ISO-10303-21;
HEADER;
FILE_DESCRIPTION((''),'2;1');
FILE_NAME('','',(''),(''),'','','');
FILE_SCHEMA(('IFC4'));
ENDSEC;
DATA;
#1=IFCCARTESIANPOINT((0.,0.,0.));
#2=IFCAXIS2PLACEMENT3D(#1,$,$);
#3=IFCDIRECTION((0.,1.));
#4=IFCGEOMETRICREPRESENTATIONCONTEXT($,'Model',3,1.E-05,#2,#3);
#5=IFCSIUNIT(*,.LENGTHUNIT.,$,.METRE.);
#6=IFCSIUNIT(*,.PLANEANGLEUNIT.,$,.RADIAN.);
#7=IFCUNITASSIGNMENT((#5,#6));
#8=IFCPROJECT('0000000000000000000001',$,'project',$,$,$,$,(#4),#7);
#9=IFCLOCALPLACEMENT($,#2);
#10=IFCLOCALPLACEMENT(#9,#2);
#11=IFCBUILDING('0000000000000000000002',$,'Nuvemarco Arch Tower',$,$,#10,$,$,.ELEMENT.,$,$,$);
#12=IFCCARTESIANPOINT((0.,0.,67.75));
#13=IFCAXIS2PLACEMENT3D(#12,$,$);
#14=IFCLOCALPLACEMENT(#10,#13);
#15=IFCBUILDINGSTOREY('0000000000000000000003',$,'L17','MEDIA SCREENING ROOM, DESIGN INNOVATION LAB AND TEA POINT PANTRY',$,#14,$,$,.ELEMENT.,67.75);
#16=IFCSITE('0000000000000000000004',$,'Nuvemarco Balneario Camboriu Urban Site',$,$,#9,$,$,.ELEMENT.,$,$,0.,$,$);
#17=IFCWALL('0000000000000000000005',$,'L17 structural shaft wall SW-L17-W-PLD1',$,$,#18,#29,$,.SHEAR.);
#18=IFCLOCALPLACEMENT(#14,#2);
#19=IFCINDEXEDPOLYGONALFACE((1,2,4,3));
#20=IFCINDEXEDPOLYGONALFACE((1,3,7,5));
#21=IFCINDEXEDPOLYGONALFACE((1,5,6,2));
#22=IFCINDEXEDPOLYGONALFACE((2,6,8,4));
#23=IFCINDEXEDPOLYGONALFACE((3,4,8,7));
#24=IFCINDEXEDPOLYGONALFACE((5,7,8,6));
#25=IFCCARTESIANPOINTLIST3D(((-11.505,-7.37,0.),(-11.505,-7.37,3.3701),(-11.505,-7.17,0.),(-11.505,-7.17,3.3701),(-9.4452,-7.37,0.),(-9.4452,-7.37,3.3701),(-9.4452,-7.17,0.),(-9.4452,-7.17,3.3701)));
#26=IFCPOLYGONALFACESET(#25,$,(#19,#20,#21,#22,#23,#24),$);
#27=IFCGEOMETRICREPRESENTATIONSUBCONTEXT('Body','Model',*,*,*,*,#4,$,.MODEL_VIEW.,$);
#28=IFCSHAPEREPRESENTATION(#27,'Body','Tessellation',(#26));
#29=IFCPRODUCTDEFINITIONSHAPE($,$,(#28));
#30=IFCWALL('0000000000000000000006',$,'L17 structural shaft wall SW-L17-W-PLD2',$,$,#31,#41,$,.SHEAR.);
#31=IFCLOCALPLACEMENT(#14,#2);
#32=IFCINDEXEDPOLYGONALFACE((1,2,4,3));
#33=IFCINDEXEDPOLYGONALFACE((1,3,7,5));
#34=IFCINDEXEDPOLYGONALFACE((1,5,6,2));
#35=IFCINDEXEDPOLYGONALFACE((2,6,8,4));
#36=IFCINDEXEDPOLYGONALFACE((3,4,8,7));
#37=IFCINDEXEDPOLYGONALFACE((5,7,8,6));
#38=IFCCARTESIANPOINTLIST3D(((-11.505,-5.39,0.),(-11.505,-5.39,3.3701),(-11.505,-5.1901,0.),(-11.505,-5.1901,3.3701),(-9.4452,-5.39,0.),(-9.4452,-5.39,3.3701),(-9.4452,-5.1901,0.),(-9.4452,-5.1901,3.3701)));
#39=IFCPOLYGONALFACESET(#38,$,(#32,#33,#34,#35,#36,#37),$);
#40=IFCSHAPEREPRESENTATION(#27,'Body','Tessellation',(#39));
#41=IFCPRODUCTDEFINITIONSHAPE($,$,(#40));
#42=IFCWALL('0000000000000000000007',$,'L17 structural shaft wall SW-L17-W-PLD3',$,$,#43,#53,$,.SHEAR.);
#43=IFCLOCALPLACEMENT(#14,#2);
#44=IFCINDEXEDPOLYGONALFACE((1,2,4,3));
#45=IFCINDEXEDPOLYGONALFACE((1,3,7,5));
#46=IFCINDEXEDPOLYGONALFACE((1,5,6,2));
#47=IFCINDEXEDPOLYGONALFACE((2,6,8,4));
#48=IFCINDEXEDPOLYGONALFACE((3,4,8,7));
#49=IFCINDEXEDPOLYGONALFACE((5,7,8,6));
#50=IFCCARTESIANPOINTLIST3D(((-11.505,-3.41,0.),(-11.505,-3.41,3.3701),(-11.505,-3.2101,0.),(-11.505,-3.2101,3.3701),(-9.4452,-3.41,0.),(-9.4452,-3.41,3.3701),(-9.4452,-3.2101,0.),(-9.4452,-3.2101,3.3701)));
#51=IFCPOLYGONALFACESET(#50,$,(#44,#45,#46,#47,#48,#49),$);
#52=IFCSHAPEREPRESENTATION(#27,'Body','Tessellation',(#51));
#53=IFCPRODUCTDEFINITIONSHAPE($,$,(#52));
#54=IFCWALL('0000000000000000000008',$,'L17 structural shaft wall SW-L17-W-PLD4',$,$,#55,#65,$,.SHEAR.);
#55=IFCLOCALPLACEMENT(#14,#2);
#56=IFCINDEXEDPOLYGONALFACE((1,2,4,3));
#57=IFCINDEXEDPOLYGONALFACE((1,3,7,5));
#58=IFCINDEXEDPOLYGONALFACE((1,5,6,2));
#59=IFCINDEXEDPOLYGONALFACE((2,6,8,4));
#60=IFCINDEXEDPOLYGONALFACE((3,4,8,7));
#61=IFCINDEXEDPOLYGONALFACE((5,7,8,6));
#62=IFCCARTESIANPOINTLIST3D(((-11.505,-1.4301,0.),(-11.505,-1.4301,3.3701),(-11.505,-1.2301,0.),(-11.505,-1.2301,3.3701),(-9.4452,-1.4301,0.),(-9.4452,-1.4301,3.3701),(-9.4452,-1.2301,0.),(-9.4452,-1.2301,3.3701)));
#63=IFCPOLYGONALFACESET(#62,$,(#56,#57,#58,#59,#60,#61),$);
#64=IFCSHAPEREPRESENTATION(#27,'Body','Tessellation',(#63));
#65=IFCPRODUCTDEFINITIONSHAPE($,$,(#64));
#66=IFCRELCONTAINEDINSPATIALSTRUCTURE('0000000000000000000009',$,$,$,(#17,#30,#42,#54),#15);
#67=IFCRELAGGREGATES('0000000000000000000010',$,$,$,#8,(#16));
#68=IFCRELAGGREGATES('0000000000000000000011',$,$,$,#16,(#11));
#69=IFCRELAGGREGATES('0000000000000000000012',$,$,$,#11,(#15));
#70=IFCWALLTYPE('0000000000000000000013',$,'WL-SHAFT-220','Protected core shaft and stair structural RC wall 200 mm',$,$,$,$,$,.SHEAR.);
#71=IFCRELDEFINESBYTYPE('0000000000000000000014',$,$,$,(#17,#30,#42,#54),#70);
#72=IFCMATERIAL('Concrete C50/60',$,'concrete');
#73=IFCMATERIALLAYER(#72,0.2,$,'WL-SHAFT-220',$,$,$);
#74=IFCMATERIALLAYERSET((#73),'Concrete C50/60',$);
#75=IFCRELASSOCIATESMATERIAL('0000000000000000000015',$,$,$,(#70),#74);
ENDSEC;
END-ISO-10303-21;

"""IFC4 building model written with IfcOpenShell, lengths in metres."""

from ifc_helpers import new_model, si_unit, direction, frame, frame_2d, origin, place, context, subcontext, project, spatial, rectangle, extrude, material, layer, layer_set, type_object, element, save


model = new_model("IFC4")

# Units and contexts
model_context = context("Model", 3, precision=1e-05, world=origin(), true_north=direction((0.0, 1.0)))
body_context = subcontext(model_context, "Body", "Model", "MODEL_VIEW")
ifc_project = project(units=[si_unit("LENGTHUNIT", "METRE"), si_unit("PLANEANGLEUNIT", "RADIAN")], contexts=[model_context])

# Site, building, storey
site_placement = place(None, origin())
site = spatial("IfcSite", under=ifc_project, at=site_placement, Name="Nuvemarco Balneario Camboriu Urban Site", CompositionType="ELEMENT", RefElevation=0.0)
building_placement = place(site_placement, origin())
building = spatial("IfcBuilding", under=site, at=building_placement, Name="Nuvemarco Arch Tower", CompositionType="ELEMENT")
storey_placement = place(building_placement, frame((0.0, 0.0, 67.75)))
storey = spatial("IfcBuildingStorey", under=building, at=storey_placement, Name="L17", Description="MEDIA SCREENING ROOM, DESIGN INNOVATION LAB AND TEA POINT PANTRY", CompositionType="ELEMENT", Elevation=67.75)

# Shared definitions
ifc_material_1 = material(Name="Concrete C50/60", Category="concrete")
ifc_layer_1 = layer(ifc_material_1, 0.2, Name="WL-SHAFT-220")
ifc_layer_set_1 = layer_set([ifc_layer_1], Name="Concrete C50/60")
wall_type_1 = type_object("IfcWallType", Name="WL-SHAFT-220", Description="Protected core shaft and stair structural RC wall 200 mm", PredefinedType="SHEAR", material=ifc_layer_set_1)

# Walls
for number, where, z_axis, x_axis, name in (
    (1, (-11.5049, -7.27, 0.0), (0.0, 0.0, 1.0), (1.0, 0.0, 0.0), "L17 structural shaft wall SW-L17-W-PLD1"),
    (2, (-11.5049, -5.29, 0.0), (0.0, 0.0, 1.0), (1.0, 0.0, 0.0), "L17 structural shaft wall SW-L17-W-PLD2"),
    (3, (-11.5049, -3.3101, 0.0), (0.0, 0.0, 1.0), (1.0, 0.0, 0.0), "L17 structural shaft wall SW-L17-W-PLD3"),
    (4, (-11.5049, -1.3301, 0.0), (0.0, 0.0, 1.0), (1.0, 0.0, 0.0), "L17 structural shaft wall SW-L17-W-PLD4"),
):
    element("IfcWall", number, at=place(storey_placement, frame(where, z_axis=z_axis, x_axis=x_axis)), inside=storey, type_object=wall_type_1, Name=name, PredefinedType="SHEAR", context=body_context, shape_type="SweptSolid", body=[
        extrude(rectangle(XDim=2.0598, YDim=0.2, at=frame_2d((1.0298, 0.0))), origin(), (0.0, 0.0, 1.0), 3.3701),
    ])

save(model, "model.ifc")
